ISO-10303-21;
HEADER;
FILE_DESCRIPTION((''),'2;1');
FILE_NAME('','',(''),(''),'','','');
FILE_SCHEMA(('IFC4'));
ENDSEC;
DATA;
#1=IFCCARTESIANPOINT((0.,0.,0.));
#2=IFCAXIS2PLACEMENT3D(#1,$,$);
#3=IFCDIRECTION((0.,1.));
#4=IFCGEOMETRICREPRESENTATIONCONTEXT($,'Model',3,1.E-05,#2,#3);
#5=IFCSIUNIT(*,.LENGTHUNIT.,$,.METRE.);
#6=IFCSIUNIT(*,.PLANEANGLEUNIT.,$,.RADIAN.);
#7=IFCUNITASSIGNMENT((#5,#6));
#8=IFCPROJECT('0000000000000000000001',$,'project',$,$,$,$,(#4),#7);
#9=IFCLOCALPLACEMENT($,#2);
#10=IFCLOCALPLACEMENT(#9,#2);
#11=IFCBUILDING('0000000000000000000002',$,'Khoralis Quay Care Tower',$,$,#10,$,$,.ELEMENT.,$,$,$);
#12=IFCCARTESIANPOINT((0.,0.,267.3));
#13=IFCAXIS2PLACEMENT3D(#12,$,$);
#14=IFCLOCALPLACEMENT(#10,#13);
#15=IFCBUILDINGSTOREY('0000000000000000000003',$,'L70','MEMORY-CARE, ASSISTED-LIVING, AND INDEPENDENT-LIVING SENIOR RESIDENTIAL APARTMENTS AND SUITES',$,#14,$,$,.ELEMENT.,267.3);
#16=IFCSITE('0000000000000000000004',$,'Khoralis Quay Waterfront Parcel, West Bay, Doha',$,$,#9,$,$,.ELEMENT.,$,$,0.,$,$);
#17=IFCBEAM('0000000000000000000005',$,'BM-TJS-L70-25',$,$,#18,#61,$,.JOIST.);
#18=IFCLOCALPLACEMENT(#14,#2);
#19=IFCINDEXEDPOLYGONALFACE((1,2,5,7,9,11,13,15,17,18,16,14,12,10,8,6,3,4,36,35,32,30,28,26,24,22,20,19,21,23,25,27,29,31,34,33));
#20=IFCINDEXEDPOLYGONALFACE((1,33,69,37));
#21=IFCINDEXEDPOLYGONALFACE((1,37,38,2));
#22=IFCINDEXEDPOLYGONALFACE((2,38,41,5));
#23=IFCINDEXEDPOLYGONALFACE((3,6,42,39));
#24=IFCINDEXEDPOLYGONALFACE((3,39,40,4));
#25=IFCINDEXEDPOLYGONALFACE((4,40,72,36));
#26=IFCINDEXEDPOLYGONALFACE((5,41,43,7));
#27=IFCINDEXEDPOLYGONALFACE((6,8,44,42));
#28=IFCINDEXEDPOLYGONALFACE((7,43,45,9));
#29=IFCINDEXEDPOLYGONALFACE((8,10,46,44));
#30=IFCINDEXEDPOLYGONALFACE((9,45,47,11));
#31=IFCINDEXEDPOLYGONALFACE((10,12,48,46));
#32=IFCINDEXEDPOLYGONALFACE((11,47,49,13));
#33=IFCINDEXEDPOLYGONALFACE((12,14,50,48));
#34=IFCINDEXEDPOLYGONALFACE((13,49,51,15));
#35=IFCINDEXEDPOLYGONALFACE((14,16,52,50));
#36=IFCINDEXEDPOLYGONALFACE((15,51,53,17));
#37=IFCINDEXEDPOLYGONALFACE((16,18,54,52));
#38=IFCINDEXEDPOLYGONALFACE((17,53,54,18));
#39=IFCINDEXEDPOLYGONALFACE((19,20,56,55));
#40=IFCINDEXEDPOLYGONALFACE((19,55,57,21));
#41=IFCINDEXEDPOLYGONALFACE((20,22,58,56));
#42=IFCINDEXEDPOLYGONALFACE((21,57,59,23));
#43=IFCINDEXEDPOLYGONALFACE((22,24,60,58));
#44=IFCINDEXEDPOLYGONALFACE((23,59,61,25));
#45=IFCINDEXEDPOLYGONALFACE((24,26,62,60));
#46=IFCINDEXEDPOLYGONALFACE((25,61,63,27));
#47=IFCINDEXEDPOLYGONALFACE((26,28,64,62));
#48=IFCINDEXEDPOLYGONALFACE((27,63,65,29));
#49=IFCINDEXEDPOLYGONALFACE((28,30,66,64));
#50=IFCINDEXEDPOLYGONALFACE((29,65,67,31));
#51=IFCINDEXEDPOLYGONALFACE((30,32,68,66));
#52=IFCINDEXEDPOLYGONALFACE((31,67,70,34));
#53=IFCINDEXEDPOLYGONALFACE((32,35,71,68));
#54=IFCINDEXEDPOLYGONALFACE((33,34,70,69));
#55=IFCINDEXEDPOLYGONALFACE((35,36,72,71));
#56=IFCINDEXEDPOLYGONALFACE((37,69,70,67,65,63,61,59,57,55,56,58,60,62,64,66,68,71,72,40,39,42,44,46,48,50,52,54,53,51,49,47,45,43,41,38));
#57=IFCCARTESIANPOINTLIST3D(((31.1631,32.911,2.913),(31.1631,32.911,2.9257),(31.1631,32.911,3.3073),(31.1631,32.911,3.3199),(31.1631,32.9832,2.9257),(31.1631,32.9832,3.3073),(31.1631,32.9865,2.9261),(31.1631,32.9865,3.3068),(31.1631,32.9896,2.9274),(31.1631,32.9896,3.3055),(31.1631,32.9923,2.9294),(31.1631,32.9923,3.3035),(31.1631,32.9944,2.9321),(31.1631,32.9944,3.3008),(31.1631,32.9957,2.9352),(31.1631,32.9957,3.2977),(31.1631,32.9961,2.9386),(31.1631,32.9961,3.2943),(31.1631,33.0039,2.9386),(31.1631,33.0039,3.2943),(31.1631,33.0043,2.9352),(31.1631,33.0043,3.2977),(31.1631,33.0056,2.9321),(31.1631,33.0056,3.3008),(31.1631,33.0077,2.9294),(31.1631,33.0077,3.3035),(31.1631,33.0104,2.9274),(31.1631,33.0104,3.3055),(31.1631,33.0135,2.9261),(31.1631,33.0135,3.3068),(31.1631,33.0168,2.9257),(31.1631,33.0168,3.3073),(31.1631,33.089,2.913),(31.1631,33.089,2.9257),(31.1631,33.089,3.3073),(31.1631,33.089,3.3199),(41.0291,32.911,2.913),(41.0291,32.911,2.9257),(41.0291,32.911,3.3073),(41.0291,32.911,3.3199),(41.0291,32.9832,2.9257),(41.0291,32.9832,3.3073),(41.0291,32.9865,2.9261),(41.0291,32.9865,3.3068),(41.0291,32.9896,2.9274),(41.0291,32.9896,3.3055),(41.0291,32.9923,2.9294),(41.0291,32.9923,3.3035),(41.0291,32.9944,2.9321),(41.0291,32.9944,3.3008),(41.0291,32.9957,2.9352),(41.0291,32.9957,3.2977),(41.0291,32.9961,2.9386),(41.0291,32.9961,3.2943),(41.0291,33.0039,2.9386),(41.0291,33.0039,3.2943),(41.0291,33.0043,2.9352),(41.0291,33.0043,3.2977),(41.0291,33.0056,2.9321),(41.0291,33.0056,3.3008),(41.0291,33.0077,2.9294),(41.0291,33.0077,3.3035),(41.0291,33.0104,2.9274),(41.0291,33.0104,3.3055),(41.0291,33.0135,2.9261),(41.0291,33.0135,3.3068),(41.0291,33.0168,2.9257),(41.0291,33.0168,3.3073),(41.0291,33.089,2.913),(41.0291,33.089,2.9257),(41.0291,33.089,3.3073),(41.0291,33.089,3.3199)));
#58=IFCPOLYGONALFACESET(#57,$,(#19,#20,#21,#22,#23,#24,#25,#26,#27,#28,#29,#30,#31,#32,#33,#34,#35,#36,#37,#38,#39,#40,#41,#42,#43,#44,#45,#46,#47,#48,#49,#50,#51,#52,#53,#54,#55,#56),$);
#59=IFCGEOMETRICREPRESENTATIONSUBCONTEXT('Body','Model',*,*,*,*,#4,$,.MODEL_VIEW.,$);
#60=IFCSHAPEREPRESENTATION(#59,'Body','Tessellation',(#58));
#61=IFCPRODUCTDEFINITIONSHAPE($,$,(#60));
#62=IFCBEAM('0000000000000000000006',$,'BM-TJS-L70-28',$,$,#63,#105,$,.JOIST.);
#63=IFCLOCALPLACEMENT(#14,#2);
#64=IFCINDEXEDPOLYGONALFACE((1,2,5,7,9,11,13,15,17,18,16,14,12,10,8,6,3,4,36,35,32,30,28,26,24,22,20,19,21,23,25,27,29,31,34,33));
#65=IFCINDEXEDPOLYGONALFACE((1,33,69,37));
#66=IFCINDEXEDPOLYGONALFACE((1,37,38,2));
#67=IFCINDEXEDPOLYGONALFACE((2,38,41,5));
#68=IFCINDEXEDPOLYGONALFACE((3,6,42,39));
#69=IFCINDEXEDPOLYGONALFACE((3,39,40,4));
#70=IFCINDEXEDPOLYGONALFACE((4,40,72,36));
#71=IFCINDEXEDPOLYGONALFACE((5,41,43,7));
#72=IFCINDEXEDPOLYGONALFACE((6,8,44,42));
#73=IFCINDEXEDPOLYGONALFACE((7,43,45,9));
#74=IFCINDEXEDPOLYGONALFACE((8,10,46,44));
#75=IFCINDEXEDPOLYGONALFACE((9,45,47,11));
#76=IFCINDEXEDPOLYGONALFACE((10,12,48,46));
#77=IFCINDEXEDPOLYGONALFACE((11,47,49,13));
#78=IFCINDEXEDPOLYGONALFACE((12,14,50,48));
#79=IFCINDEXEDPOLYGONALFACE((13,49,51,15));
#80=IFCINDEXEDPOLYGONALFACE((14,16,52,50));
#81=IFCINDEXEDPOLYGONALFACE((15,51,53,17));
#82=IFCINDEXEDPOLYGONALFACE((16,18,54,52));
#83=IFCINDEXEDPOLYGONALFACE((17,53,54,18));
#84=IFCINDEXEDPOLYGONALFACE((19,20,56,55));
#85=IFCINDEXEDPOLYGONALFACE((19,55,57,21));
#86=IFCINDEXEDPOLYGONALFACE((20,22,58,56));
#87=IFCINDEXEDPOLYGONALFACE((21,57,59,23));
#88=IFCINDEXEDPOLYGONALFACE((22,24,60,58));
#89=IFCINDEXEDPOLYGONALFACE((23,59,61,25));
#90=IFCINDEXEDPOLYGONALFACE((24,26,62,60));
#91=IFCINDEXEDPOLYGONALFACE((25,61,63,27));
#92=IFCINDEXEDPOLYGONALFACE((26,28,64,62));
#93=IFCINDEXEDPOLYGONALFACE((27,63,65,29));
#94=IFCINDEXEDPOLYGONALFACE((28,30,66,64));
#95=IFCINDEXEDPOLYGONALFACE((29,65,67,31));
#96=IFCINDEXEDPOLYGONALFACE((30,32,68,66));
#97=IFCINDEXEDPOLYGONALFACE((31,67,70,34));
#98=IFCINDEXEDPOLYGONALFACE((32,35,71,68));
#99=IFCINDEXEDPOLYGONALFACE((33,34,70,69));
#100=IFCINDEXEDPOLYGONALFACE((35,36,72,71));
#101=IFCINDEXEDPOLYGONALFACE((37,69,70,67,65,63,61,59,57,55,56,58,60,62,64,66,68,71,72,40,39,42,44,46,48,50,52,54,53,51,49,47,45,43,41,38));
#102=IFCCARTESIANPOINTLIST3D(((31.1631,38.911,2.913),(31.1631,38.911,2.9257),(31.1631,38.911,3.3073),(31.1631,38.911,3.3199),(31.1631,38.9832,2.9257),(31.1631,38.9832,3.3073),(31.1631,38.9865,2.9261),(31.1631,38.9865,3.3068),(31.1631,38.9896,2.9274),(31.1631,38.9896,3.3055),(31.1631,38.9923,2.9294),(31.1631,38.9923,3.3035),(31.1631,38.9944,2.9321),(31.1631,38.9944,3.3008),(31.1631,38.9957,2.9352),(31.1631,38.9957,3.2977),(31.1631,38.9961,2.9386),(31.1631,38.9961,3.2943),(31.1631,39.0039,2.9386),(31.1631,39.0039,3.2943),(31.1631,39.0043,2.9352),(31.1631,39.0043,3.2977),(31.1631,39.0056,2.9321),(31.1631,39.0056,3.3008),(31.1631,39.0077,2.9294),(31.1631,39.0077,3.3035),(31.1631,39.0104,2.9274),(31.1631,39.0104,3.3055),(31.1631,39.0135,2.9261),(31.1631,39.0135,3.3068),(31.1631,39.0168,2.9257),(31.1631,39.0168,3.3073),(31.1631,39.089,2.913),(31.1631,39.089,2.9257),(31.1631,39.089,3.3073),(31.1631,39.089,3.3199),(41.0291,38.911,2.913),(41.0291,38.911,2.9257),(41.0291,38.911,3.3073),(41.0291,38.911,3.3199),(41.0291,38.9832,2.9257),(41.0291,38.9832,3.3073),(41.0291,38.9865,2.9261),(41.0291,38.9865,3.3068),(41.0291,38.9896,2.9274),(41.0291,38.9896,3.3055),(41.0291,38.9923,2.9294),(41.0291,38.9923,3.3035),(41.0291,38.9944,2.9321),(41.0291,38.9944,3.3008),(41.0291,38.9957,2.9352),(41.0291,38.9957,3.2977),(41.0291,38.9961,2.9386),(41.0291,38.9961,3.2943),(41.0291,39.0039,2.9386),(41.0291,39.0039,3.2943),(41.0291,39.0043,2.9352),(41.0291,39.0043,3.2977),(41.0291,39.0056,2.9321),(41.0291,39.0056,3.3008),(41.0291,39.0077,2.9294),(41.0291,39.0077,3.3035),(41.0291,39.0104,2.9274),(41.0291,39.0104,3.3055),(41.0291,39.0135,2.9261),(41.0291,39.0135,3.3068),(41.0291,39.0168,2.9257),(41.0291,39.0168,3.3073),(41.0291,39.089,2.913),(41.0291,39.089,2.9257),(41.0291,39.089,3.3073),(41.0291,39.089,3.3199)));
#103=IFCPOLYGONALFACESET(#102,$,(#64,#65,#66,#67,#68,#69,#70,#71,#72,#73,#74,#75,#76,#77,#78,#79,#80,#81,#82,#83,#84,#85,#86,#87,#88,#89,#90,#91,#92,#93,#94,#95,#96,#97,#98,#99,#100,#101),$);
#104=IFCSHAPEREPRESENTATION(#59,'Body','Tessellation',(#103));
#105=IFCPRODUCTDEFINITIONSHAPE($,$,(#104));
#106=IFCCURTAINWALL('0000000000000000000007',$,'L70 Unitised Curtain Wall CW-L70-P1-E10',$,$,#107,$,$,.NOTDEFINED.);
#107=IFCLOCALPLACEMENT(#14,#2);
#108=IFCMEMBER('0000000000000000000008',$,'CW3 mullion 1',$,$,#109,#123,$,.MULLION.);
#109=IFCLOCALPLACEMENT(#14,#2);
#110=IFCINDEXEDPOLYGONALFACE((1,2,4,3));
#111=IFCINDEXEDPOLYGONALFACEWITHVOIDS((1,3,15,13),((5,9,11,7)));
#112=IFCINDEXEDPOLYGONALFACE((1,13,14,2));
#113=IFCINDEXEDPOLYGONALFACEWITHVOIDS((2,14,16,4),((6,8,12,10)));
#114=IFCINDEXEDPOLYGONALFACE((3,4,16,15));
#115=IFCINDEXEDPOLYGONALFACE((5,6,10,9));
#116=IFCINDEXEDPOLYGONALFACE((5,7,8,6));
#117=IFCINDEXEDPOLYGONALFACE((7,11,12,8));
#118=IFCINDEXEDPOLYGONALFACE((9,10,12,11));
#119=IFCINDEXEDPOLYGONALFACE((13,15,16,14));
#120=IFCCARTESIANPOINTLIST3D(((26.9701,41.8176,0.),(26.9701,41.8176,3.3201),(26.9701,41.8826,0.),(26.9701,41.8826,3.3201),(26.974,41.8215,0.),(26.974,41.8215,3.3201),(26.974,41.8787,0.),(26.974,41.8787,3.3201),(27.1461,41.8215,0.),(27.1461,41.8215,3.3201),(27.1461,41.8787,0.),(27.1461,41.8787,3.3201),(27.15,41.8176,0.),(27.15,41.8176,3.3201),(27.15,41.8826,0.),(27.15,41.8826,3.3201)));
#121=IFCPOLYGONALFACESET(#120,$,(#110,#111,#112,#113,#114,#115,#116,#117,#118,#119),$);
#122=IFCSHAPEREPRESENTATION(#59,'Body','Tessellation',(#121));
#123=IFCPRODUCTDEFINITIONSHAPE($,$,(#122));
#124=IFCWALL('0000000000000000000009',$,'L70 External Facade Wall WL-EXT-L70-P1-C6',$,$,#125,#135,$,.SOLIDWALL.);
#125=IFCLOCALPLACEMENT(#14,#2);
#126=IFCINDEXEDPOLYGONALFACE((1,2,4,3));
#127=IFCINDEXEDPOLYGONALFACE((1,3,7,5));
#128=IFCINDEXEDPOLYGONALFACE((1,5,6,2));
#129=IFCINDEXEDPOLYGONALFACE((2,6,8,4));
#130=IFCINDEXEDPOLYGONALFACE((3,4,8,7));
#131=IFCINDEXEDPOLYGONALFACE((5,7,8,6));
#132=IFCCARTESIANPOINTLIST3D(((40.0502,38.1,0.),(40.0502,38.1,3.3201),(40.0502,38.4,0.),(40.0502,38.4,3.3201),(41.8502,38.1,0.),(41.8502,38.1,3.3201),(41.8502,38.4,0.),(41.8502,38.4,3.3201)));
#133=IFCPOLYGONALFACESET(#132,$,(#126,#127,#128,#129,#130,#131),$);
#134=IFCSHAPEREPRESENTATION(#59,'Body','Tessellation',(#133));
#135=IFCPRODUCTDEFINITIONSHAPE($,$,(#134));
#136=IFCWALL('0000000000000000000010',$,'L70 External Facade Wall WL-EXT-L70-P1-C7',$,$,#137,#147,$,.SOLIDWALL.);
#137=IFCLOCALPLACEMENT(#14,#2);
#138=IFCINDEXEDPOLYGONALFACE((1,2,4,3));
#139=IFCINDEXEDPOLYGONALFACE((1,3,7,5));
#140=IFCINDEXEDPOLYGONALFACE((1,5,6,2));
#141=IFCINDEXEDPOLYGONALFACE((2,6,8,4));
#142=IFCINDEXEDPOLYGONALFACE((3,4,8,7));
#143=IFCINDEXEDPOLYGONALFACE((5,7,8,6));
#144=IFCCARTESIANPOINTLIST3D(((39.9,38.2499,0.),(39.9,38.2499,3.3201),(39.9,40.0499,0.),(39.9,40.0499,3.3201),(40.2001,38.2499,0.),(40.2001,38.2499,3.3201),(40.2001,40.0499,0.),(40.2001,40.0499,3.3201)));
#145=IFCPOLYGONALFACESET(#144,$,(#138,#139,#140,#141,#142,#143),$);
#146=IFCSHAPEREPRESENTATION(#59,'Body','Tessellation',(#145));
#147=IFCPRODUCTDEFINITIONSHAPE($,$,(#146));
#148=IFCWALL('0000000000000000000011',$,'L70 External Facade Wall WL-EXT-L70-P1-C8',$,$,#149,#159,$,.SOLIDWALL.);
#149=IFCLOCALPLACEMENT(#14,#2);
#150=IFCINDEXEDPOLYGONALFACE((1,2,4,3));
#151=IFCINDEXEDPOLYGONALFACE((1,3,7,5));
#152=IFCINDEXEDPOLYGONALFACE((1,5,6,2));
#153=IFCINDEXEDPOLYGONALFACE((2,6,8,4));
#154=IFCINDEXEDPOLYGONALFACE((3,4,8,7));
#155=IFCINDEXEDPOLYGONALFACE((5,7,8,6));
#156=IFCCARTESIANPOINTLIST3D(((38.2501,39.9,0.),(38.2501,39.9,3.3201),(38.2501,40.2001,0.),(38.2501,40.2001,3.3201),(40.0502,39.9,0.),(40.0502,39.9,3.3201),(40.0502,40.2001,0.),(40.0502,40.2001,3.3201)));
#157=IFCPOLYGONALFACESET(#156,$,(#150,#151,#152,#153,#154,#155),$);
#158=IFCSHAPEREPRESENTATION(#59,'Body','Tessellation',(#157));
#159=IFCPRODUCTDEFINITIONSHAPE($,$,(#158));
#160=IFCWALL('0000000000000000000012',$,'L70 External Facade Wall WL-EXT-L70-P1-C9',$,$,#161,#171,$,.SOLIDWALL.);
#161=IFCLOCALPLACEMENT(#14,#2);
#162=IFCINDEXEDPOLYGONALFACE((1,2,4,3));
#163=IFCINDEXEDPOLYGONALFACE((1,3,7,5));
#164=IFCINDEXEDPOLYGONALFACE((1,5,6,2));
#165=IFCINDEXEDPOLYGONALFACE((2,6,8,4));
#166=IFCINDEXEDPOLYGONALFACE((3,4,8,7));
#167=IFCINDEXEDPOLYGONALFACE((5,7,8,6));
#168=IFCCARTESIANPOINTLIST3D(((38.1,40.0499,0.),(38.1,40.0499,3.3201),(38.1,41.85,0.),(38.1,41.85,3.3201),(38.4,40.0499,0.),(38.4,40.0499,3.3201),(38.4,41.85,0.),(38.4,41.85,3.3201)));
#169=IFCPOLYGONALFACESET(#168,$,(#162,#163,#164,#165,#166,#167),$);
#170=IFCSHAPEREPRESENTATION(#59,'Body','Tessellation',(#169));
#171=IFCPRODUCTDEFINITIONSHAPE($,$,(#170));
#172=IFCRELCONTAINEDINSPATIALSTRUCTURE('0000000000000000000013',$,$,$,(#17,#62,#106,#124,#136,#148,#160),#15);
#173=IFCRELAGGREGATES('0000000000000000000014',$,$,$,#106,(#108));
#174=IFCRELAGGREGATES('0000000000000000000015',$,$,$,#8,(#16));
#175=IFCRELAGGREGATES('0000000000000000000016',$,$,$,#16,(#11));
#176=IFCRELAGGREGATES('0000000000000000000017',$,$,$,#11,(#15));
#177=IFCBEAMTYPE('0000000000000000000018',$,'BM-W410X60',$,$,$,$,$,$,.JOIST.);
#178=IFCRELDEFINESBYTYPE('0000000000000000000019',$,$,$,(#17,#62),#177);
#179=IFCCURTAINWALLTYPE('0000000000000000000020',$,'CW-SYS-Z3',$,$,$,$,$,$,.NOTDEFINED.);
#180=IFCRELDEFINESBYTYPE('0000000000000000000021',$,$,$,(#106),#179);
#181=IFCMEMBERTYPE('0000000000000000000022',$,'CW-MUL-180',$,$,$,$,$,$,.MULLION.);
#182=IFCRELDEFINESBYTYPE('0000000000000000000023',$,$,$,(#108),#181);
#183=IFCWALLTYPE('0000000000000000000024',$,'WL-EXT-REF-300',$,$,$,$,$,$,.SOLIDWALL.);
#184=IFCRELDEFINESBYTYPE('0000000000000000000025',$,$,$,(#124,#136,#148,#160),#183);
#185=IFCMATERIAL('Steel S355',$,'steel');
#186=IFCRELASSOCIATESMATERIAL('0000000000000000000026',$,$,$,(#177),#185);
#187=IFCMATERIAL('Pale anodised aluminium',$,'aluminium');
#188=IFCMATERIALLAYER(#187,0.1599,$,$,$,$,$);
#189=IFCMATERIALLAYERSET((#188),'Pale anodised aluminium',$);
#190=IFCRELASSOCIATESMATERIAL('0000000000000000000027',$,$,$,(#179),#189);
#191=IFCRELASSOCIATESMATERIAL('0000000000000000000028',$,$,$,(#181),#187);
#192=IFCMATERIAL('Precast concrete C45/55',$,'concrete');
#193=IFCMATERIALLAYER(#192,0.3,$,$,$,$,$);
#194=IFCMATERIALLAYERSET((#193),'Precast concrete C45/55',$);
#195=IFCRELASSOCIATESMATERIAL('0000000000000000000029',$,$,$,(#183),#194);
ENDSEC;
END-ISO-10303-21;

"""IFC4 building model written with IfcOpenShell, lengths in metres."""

from ifc_helpers import new_model, si_unit, direction, frame, frame_2d, origin, origin_2d, place, context, subcontext, project, spatial, rectangle, hollow_rectangle, i_section, extrude, source, transform, mapped, material, layer, layer_set, material_profile, profile_set, type_object, element, aggregate, save


model = new_model("IFC4")

# Units and contexts
model_context = context("Model", 3, precision=1e-05, world=origin(), true_north=direction((0.0, 1.0)))
body_context = subcontext(model_context, "Body", "Model", "MODEL_VIEW")
ifc_project = project(units=[si_unit("LENGTHUNIT", "METRE"), si_unit("PLANEANGLEUNIT", "RADIAN")], contexts=[model_context])

# Site, building, storey
site_placement = place(None, origin())
site = spatial("IfcSite", under=ifc_project, at=site_placement, Name="Khoralis Quay Waterfront Parcel, West Bay, Doha", CompositionType="ELEMENT", RefElevation=0.0)
building_placement = place(site_placement, origin())
building = spatial("IfcBuilding", under=site, at=building_placement, Name="Khoralis Quay Care Tower", CompositionType="ELEMENT")
storey_placement = place(building_placement, frame((0.0, 0.0, 267.3)))
storey = spatial("IfcBuildingStorey", under=building, at=storey_placement, Name="L70", Description="MEMORY-CARE, ASSISTED-LIVING, AND INDEPENDENT-LIVING SENIOR RESIDENTIAL APARTMENTS AND SUITES", CompositionType="ELEMENT", Elevation=267.3)

# Beams
ifc_material_1 = material(Name="Steel S355", Category="steel")
ifc_material_profile_1 = material_profile(ifc_material_1, i_section(OverallWidth=0.178, OverallDepth=0.407, WebThickness=0.0078, FlangeThickness=0.0127, FilletRadius=0.0129, at=origin_2d()), Name="Steel S355")
ifc_profile_set_1 = profile_set([ifc_material_profile_1], Name="Steel S355")
beam_type_1 = type_object("IfcBeamType", Name="BM-W410X60", PredefinedType="JOIST", material=ifc_profile_set_1)
shared_shape_1 = source(origin(), body_context, "Body", "SweptSolid", [
    extrude(i_section(OverallWidth=0.178, OverallDepth=0.407, WebThickness=0.0078, FlangeThickness=0.0127, FilletRadius=0.0129, at=origin_2d()), origin(), (0.0, 0.0, 1.0), 9.866),
])
for number, where, z_axis, x_axis, name in (
    (1, (31.1631, 33.0, 3.1165), (1.0, 0.0, 0.0), (0.0, 1.0, 0.0), "BM-TJS-L70-25"),
    (2, (31.1631, 39.0, 3.1165), (1.0, 0.0, 0.0), (0.0, 1.0, 0.0), "BM-TJS-L70-28"),
):
    element("IfcBeam", number, at=place(storey_placement, frame(where, z_axis=z_axis, x_axis=x_axis)), inside=storey, type_object=beam_type_1, Name=name, PredefinedType="JOIST", context=body_context, shape_type="MappedRepresentation", body=[
        mapped(shared_shape_1, transform((0.0, 0.0, 0.0), scale=1.0)),
    ])

# Curtain wall, member
ifc_material_2 = material(Name="Pale anodised aluminium", Category="aluminium")
ifc_layer_1 = layer(ifc_material_2, 0.1599)
ifc_layer_set_1 = layer_set([ifc_layer_1], Name="Pale anodised aluminium")
curtain_wall_type = type_object("IfcCurtainWallType", Name="CW-SYS-Z3", PredefinedType="NOTDEFINED", material=ifc_layer_set_1)
curtain_wall_placement = place(storey_placement, origin())
curtain_wall = element("IfcCurtainWall", 3, at=curtain_wall_placement, inside=storey, type_object=curtain_wall_type, Name="L70 Unitised Curtain Wall CW-L70-P1-E10", PredefinedType="NOTDEFINED")
ifc_material_profile_2 = material_profile(ifc_material_2, hollow_rectangle(XDim=0.0649, YDim=0.1799, WallThickness=0.0039, at=origin_2d()), Name="Pale anodised aluminium")
ifc_profile_set_2 = profile_set([ifc_material_profile_2], Name="Pale anodised aluminium")
member_type = type_object("IfcMemberType", Name="CW-MUL-180", PredefinedType="MULLION", material=ifc_profile_set_2)
shared_shape_2 = source(origin(), body_context, "Body", "SweptSolid", [
    extrude(hollow_rectangle(XDim=0.0649, YDim=0.1799, WallThickness=0.0039, at=origin_2d()), origin(), (0.0, 0.0, 1.0), 3.3201),
])
member_placement = place(storey_placement, frame((27.0601, 41.8501, 0.0), z_axis=(0.0, 0.0, 1.0), x_axis=(0.0, -1.0, 0.0)))
member = element("IfcMember", 4, at=member_placement, type_object=member_type, Name="CW3 mullion 1", PredefinedType="MULLION", context=body_context, shape_type="MappedRepresentation", body=[
    mapped(shared_shape_2, transform((0.0, 0.0, 0.0), scale=1.0)),
])
aggregate(curtain_wall, [member])

# Walls
ifc_material_3 = material(Name="Precast concrete C45/55", Category="concrete")
ifc_layer_2 = layer(ifc_material_3, 0.3)
ifc_layer_set_2 = layer_set([ifc_layer_2], Name="Precast concrete C45/55")
wall_type_1 = type_object("IfcWallType", Name="WL-EXT-REF-300", PredefinedType="SOLIDWALL", material=ifc_layer_set_2)
for number, where, z_axis, x_axis, name in (
    (5, (41.8501, 38.25, 0.0), (0.0, 0.0, 1.0), (-1.0, 0.0, 0.0), "L70 External Facade Wall WL-EXT-L70-P1-C6"),
    (6, (40.05, 38.25, 0.0), (0.0, 0.0, 1.0), (0.0, 1.0, 0.0), "L70 External Facade Wall WL-EXT-L70-P1-C7"),
    (7, (40.05, 40.05, 0.0), (0.0, 0.0, 1.0), (-1.0, 0.0, 0.0), "L70 External Facade Wall WL-EXT-L70-P1-C8"),
    (8, (38.25, 40.05, 0.0), (0.0, 0.0, 1.0), (0.0, 1.0, 0.0), "L70 External Facade Wall WL-EXT-L70-P1-C9"),
):
    element("IfcWall", number, at=place(storey_placement, frame(where, z_axis=z_axis, x_axis=x_axis)), inside=storey, type_object=wall_type_1, Name=name, PredefinedType="SOLIDWALL", context=body_context, shape_type="SweptSolid", body=[
        extrude(rectangle(XDim=1.8, YDim=0.3, at=frame_2d((0.8999, 0.0))), origin(), (0.0, 0.0, 1.0), 3.3201),
    ])

save(model, "model.ifc")
